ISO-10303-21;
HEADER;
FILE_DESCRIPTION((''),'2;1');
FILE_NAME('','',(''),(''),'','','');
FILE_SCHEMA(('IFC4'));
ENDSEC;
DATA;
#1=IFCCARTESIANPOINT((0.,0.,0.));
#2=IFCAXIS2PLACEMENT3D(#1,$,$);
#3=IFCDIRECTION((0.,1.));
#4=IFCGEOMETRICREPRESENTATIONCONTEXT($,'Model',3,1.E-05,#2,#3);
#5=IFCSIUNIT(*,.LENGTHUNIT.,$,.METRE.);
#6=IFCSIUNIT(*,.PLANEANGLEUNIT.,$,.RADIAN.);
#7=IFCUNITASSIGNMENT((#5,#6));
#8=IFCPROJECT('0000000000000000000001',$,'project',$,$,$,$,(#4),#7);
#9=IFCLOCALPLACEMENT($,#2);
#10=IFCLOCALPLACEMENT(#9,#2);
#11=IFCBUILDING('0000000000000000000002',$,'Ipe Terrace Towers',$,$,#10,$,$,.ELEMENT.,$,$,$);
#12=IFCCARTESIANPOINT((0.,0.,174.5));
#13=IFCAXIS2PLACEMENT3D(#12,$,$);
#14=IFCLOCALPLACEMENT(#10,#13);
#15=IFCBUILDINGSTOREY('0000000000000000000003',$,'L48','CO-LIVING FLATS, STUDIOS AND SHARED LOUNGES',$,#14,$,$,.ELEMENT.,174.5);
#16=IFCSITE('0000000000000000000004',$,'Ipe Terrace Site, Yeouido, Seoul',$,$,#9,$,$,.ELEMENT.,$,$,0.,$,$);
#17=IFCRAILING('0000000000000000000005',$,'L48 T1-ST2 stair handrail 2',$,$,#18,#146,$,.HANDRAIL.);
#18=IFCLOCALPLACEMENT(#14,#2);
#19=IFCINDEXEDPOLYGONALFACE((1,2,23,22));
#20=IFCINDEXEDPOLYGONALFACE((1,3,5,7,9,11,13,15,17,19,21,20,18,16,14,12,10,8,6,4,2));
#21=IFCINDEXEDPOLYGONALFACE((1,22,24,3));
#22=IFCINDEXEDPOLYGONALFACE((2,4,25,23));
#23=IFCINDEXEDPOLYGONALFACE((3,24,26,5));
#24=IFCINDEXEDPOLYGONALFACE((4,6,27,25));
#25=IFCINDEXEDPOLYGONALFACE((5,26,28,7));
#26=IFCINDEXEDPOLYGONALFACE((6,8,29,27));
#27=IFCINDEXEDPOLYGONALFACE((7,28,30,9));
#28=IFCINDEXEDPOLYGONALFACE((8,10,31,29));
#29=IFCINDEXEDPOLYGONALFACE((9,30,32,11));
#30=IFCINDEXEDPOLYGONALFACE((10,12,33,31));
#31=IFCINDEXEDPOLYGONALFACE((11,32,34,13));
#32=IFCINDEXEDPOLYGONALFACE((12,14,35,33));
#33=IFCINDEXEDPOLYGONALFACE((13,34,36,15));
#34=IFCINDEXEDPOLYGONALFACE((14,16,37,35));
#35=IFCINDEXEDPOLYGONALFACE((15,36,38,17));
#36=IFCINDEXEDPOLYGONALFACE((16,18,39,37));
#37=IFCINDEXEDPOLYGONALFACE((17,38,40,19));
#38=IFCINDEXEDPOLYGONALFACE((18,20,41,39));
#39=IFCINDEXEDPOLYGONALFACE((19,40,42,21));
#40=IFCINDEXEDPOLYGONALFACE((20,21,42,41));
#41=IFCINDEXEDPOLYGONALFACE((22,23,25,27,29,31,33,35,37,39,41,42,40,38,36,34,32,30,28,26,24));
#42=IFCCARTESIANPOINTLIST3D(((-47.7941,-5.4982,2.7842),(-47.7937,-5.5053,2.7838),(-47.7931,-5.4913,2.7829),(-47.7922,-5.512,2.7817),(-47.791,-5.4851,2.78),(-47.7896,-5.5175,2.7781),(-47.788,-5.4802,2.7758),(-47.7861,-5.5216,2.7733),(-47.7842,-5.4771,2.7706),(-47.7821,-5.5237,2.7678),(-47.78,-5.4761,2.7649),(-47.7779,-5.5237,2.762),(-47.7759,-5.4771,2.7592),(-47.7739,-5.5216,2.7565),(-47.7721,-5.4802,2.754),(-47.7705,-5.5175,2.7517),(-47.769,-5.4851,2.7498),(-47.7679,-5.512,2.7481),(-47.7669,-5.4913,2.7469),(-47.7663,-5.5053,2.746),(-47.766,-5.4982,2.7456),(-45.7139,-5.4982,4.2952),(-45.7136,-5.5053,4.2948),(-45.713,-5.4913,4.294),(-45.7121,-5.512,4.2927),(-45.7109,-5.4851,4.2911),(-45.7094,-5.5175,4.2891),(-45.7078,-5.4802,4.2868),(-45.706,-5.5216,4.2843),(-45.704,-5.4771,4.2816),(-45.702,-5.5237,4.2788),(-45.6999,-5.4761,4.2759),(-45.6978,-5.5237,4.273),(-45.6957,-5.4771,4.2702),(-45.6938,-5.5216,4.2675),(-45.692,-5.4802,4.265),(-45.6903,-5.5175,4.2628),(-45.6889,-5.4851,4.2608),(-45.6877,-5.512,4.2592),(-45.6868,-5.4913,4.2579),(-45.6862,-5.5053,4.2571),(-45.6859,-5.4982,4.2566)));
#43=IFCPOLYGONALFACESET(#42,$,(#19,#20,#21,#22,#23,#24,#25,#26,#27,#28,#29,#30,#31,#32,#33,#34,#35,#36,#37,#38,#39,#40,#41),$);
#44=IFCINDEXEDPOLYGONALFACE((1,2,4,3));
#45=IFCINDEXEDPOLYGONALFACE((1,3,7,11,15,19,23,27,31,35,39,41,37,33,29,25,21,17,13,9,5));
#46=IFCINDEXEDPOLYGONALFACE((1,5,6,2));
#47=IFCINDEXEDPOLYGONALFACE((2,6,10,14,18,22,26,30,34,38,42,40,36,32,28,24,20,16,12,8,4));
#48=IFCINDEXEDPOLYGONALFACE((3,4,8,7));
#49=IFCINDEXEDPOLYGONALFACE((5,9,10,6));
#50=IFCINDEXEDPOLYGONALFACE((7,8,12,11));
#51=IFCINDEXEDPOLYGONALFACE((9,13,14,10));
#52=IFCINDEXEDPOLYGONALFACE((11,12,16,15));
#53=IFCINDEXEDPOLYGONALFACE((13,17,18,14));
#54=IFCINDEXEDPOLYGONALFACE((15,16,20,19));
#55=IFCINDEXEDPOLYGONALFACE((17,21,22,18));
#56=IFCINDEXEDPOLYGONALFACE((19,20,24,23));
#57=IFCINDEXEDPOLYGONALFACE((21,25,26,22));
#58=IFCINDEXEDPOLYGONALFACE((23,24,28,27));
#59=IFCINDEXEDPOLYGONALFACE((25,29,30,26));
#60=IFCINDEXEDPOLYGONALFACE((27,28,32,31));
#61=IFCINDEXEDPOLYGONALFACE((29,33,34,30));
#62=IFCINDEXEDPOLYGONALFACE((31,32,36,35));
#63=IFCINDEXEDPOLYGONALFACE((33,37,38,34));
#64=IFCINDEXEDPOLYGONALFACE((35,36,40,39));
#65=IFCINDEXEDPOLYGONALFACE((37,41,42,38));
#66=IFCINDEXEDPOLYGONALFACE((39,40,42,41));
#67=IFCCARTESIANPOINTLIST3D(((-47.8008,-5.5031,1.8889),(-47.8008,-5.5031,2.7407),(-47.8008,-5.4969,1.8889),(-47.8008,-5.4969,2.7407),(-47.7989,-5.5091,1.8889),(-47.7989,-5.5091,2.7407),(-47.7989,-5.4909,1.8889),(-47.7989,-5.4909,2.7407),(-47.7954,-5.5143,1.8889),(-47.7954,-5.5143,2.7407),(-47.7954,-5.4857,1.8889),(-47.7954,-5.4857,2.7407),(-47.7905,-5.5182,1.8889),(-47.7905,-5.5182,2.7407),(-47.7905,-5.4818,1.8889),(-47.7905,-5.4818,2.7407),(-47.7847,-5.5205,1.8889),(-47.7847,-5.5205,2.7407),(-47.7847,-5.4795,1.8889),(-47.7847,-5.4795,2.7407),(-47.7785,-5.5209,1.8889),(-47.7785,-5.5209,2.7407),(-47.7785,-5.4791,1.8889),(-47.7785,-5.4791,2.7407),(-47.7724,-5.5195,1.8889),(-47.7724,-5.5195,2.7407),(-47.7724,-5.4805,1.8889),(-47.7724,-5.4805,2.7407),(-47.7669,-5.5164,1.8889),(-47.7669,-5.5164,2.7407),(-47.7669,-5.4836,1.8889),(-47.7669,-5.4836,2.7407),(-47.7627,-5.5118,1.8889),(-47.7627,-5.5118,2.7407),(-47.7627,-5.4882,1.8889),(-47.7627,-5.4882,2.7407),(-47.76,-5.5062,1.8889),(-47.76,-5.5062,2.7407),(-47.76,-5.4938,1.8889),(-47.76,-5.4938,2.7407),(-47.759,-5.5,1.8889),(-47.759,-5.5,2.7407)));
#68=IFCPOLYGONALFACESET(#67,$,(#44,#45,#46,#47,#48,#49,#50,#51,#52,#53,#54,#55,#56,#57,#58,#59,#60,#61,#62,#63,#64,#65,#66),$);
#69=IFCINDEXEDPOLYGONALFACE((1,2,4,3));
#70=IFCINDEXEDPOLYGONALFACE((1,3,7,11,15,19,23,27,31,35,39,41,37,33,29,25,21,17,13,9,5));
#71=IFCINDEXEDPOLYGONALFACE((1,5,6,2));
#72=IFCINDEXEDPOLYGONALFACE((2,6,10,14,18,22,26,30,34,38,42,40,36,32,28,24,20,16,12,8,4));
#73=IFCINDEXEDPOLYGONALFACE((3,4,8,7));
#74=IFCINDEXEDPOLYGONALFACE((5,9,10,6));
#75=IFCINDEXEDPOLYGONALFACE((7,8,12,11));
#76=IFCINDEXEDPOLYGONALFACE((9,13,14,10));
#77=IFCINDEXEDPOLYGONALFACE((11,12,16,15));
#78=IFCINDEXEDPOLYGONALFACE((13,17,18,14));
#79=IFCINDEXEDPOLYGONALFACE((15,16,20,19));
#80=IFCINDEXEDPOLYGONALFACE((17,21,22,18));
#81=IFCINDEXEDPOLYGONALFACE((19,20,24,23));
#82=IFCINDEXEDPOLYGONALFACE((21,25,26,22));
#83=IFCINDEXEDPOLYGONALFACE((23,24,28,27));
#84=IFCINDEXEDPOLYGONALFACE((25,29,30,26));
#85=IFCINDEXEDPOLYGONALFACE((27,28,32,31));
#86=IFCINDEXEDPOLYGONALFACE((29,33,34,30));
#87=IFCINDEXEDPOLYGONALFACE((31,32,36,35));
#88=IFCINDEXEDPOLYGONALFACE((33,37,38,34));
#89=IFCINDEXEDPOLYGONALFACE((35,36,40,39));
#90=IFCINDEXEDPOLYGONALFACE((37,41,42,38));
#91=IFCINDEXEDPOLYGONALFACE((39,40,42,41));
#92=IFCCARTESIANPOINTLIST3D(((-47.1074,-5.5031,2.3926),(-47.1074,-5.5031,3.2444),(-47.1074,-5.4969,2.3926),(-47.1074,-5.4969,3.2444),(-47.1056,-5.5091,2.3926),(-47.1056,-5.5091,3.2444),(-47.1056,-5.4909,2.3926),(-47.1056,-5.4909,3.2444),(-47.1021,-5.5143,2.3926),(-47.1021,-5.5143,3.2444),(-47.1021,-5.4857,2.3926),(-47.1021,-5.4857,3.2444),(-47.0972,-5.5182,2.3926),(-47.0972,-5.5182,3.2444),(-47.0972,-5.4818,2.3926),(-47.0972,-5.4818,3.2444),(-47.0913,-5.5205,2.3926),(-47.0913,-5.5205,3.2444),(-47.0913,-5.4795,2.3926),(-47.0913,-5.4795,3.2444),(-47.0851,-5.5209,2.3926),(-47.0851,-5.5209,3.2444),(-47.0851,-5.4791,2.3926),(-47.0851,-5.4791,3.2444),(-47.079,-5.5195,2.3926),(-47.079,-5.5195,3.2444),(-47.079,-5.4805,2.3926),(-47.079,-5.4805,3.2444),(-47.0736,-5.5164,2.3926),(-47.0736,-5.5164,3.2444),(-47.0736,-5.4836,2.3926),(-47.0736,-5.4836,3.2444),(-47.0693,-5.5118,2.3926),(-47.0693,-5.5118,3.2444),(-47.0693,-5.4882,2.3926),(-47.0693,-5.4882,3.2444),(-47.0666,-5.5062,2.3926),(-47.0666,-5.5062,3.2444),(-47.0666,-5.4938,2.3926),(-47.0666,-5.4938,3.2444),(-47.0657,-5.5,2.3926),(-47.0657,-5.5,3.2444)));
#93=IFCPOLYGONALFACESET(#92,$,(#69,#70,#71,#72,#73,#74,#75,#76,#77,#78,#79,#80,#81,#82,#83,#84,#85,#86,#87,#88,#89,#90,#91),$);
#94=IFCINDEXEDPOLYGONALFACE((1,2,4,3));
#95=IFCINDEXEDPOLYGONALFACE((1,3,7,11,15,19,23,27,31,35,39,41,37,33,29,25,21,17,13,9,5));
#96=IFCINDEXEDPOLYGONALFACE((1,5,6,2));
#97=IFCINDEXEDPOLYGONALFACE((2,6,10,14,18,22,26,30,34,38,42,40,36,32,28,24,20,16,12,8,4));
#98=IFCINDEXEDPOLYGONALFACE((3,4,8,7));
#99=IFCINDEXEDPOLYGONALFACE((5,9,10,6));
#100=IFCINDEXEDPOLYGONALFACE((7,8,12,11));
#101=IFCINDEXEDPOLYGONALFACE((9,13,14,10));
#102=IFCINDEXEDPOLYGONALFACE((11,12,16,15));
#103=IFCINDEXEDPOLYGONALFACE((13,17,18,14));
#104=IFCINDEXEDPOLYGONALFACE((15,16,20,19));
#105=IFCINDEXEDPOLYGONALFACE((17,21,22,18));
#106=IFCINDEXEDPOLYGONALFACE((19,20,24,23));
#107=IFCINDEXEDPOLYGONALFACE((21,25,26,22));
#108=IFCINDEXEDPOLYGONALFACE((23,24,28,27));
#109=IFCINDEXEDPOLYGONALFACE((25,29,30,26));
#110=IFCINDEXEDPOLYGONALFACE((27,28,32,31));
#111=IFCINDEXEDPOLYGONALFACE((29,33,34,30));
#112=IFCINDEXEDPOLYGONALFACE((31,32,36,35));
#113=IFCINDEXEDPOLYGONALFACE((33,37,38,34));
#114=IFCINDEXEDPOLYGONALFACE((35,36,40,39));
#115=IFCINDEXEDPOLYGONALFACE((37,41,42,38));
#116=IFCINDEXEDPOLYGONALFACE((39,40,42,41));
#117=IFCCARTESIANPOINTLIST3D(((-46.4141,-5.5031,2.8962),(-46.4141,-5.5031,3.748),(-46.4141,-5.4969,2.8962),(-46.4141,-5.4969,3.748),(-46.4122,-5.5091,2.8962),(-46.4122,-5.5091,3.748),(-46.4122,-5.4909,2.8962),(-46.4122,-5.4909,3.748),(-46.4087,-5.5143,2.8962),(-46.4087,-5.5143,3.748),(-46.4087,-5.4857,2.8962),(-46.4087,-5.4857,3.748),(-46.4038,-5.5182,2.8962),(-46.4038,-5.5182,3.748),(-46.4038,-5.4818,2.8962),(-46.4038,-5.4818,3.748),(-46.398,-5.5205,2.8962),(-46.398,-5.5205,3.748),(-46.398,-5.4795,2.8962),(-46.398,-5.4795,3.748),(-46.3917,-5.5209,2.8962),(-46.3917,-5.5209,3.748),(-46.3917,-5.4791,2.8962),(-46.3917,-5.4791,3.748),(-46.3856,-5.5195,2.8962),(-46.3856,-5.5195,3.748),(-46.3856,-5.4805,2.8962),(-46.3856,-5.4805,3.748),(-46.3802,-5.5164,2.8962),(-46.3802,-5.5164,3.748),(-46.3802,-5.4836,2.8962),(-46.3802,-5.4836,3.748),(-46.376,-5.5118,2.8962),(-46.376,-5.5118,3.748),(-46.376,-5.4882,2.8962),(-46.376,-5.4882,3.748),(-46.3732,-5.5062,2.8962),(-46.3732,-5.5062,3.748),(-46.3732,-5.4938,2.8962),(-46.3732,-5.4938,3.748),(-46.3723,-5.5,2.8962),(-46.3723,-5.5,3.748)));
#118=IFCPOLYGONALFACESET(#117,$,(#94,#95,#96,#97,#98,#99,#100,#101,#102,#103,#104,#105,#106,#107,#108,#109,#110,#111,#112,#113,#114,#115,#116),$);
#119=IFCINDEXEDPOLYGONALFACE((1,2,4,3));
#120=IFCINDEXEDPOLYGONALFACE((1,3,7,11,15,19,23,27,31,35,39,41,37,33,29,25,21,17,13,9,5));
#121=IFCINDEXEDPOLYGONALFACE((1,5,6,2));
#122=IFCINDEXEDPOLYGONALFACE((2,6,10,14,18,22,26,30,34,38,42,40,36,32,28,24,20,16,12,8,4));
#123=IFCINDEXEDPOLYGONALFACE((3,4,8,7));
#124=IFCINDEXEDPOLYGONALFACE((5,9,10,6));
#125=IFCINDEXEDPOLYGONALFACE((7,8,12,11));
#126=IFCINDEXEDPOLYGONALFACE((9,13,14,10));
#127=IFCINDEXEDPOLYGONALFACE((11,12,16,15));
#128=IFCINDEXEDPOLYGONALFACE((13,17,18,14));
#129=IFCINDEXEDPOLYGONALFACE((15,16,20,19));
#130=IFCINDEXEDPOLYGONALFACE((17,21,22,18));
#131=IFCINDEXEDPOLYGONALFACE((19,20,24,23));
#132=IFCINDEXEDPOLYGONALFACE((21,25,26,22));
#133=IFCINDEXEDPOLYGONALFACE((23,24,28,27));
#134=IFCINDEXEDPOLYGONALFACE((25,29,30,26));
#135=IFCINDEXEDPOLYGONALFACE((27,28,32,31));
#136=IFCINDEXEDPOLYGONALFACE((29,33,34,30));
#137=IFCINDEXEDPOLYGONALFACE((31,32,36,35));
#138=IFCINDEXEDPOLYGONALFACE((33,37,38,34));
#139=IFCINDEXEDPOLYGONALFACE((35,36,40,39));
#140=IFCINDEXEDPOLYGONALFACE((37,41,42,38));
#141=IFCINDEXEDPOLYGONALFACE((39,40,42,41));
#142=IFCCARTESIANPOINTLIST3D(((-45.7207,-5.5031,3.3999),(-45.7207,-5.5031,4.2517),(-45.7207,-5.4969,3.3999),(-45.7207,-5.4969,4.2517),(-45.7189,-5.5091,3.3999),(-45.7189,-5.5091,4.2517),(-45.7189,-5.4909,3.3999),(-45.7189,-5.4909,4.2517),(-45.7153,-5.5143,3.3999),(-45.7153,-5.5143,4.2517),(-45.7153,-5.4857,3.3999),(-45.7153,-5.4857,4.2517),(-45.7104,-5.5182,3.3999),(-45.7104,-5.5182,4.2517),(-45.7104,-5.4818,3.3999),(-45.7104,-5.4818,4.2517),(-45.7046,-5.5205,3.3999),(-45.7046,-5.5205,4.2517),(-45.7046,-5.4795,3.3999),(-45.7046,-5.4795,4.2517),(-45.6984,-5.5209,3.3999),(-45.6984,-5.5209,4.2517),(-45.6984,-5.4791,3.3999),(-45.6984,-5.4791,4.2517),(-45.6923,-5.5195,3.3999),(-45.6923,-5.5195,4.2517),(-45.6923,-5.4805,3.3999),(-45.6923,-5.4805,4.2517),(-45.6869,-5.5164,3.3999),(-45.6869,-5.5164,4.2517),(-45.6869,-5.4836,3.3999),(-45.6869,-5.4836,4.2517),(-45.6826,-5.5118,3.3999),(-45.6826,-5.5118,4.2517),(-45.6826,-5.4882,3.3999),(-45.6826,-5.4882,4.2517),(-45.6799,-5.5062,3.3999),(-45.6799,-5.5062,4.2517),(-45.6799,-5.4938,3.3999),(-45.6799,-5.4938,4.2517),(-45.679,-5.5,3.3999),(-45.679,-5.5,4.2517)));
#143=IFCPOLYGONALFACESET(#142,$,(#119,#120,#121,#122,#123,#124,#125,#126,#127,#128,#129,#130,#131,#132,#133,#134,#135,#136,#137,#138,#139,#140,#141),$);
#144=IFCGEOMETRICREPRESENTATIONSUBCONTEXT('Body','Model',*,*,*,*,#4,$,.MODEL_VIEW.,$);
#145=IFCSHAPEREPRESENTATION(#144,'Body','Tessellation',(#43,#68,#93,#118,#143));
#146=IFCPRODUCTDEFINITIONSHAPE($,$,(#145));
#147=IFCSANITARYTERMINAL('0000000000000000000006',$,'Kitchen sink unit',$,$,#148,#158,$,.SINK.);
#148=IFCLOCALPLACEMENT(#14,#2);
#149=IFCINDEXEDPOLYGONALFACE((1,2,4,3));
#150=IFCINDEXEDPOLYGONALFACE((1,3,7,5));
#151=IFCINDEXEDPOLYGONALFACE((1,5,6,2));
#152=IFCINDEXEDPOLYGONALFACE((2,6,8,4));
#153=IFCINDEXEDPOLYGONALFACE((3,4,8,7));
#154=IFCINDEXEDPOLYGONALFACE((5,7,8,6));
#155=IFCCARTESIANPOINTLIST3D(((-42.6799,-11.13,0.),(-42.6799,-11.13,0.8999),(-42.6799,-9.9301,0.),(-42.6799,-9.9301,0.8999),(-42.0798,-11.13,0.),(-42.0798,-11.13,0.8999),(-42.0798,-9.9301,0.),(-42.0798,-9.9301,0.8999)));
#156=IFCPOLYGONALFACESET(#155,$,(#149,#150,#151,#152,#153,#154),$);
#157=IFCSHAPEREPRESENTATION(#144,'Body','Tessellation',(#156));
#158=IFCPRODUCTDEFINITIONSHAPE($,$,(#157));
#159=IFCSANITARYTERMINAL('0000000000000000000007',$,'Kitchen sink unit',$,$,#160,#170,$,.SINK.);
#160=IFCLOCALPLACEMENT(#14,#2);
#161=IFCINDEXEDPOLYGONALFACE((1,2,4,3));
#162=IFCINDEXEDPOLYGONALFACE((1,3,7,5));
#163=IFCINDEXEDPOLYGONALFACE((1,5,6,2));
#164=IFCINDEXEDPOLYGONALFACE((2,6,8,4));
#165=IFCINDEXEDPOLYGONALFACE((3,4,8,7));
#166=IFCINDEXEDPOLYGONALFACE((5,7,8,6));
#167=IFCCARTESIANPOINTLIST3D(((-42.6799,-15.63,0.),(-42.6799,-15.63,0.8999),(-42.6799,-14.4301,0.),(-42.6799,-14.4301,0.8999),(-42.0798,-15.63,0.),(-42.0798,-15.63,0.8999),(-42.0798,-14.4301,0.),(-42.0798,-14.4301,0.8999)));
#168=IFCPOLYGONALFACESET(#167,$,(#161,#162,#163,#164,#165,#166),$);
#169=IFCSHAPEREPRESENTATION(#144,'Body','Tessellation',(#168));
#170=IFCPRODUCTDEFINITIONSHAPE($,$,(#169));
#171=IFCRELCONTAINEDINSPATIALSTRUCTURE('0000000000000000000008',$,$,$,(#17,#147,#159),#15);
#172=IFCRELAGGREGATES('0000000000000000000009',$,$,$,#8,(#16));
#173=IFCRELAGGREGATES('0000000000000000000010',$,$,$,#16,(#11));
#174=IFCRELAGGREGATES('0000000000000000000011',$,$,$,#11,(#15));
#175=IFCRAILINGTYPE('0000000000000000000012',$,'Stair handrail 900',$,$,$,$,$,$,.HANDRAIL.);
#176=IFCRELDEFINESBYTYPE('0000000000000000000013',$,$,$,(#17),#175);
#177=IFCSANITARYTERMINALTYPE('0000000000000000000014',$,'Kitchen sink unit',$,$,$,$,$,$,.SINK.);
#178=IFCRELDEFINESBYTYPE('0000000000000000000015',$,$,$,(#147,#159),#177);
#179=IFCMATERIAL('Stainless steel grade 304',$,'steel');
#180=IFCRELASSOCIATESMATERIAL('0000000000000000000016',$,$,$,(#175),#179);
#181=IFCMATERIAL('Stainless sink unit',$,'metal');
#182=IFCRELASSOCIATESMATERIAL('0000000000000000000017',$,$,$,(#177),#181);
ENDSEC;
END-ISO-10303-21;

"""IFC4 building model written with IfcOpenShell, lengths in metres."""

from ifc_helpers import new_model, si_unit, direction, frame, origin, origin_2d, place, context, subcontext, project, spatial, rectangle, circle, extrude, material, type_object, element, save


model = new_model("IFC4")

# Units and contexts
model_context = context("Model", 3, precision=1e-05, world=origin(), true_north=direction((0.0, 1.0)))
body_context = subcontext(model_context, "Body", "Model", "MODEL_VIEW")
ifc_project = project(units=[si_unit("LENGTHUNIT", "METRE"), si_unit("PLANEANGLEUNIT", "RADIAN")], contexts=[model_context])

# Site, building, storey
site_placement = place(None, origin())
site = spatial("IfcSite", under=ifc_project, at=site_placement, Name="Ipe Terrace Site, Yeouido, Seoul", CompositionType="ELEMENT", RefElevation=0.0)
building_placement = place(site_placement, origin())
building = spatial("IfcBuilding", under=site, at=building_placement, Name="Ipe Terrace Towers", CompositionType="ELEMENT")
storey_placement = place(building_placement, frame((0.0, 0.0, 174.5)))
storey = spatial("IfcBuildingStorey", under=building, at=storey_placement, Name="L48", Description="CO-LIVING FLATS, STUDIOS AND SHARED LOUNGES", CompositionType="ELEMENT", Elevation=174.5)

# Railing
ifc_material_1 = material(Name="Stainless steel grade 304", Category="steel")
railing_type_1 = type_object("IfcRailingType", Name="Stair handrail 900", PredefinedType="HANDRAIL", material=ifc_material_1)
railing_1_placement = place(storey_placement, frame((-47.78, -5.5, 1.8889)))
element("IfcRailing", 1, at=railing_1_placement, inside=storey, type_object=railing_type_1, Name="L48 T1-ST2 stair handrail 2", PredefinedType="HANDRAIL", context=body_context, shape_type="SweptSolid", body=[
    extrude(circle(Radius=0.0239, at=origin_2d()), frame((0.0, 0.0, 0.876), z_axis=(0.809069, 0.0, 0.587714), x_axis=(0.0, 1.0, 0.0)), (0.0, 0.0, 1.0), 2.571),
    extrude(circle(Radius=0.021, at=origin_2d()), origin(), (0.0, 0.0, 1.0), 0.8518),
    extrude(circle(Radius=0.021, at=origin_2d()), frame((0.6934, 0.0, 0.5037)), (0.0, 0.0, 1.0), 0.8518),
    extrude(circle(Radius=0.021, at=origin_2d()), frame((1.3867, 0.0, 1.0073)), (0.0, 0.0, 1.0), 0.8518),
    extrude(circle(Radius=0.021, at=origin_2d()), frame((2.0801, 0.0, 1.511)), (0.0, 0.0, 1.0), 0.8518),
])

# Sanitary terminals
ifc_material_2 = material(Name="Stainless sink unit", Category="metal")
sanitary_terminal_type = type_object("IfcSanitaryTerminalType", Name="Kitchen sink unit", PredefinedType="SINK", material=ifc_material_2)
for number, where, z_axis, x_axis, name in (
    (2, (-42.3799, -10.53, 0.0), (0.0, 0.0, 1.0), (0.0, 1.0, 0.0), "Kitchen sink unit"),
    (3, (-42.3799, -15.03, 0.0), (0.0, 0.0, 1.0), (0.0, 1.0, 0.0), "Kitchen sink unit"),
):
    element("IfcSanitaryTerminal", number, at=place(storey_placement, frame(where, z_axis=z_axis, x_axis=x_axis)), inside=storey, type_object=sanitary_terminal_type, Name=name, PredefinedType="SINK", context=body_context, shape_type="SweptSolid", body=[
        extrude(rectangle(XDim=1.2, YDim=0.6001, at=origin_2d()), origin(), (0.0, 0.0, 1.0), 0.8999),
    ])

save(model, "model.ifc")
